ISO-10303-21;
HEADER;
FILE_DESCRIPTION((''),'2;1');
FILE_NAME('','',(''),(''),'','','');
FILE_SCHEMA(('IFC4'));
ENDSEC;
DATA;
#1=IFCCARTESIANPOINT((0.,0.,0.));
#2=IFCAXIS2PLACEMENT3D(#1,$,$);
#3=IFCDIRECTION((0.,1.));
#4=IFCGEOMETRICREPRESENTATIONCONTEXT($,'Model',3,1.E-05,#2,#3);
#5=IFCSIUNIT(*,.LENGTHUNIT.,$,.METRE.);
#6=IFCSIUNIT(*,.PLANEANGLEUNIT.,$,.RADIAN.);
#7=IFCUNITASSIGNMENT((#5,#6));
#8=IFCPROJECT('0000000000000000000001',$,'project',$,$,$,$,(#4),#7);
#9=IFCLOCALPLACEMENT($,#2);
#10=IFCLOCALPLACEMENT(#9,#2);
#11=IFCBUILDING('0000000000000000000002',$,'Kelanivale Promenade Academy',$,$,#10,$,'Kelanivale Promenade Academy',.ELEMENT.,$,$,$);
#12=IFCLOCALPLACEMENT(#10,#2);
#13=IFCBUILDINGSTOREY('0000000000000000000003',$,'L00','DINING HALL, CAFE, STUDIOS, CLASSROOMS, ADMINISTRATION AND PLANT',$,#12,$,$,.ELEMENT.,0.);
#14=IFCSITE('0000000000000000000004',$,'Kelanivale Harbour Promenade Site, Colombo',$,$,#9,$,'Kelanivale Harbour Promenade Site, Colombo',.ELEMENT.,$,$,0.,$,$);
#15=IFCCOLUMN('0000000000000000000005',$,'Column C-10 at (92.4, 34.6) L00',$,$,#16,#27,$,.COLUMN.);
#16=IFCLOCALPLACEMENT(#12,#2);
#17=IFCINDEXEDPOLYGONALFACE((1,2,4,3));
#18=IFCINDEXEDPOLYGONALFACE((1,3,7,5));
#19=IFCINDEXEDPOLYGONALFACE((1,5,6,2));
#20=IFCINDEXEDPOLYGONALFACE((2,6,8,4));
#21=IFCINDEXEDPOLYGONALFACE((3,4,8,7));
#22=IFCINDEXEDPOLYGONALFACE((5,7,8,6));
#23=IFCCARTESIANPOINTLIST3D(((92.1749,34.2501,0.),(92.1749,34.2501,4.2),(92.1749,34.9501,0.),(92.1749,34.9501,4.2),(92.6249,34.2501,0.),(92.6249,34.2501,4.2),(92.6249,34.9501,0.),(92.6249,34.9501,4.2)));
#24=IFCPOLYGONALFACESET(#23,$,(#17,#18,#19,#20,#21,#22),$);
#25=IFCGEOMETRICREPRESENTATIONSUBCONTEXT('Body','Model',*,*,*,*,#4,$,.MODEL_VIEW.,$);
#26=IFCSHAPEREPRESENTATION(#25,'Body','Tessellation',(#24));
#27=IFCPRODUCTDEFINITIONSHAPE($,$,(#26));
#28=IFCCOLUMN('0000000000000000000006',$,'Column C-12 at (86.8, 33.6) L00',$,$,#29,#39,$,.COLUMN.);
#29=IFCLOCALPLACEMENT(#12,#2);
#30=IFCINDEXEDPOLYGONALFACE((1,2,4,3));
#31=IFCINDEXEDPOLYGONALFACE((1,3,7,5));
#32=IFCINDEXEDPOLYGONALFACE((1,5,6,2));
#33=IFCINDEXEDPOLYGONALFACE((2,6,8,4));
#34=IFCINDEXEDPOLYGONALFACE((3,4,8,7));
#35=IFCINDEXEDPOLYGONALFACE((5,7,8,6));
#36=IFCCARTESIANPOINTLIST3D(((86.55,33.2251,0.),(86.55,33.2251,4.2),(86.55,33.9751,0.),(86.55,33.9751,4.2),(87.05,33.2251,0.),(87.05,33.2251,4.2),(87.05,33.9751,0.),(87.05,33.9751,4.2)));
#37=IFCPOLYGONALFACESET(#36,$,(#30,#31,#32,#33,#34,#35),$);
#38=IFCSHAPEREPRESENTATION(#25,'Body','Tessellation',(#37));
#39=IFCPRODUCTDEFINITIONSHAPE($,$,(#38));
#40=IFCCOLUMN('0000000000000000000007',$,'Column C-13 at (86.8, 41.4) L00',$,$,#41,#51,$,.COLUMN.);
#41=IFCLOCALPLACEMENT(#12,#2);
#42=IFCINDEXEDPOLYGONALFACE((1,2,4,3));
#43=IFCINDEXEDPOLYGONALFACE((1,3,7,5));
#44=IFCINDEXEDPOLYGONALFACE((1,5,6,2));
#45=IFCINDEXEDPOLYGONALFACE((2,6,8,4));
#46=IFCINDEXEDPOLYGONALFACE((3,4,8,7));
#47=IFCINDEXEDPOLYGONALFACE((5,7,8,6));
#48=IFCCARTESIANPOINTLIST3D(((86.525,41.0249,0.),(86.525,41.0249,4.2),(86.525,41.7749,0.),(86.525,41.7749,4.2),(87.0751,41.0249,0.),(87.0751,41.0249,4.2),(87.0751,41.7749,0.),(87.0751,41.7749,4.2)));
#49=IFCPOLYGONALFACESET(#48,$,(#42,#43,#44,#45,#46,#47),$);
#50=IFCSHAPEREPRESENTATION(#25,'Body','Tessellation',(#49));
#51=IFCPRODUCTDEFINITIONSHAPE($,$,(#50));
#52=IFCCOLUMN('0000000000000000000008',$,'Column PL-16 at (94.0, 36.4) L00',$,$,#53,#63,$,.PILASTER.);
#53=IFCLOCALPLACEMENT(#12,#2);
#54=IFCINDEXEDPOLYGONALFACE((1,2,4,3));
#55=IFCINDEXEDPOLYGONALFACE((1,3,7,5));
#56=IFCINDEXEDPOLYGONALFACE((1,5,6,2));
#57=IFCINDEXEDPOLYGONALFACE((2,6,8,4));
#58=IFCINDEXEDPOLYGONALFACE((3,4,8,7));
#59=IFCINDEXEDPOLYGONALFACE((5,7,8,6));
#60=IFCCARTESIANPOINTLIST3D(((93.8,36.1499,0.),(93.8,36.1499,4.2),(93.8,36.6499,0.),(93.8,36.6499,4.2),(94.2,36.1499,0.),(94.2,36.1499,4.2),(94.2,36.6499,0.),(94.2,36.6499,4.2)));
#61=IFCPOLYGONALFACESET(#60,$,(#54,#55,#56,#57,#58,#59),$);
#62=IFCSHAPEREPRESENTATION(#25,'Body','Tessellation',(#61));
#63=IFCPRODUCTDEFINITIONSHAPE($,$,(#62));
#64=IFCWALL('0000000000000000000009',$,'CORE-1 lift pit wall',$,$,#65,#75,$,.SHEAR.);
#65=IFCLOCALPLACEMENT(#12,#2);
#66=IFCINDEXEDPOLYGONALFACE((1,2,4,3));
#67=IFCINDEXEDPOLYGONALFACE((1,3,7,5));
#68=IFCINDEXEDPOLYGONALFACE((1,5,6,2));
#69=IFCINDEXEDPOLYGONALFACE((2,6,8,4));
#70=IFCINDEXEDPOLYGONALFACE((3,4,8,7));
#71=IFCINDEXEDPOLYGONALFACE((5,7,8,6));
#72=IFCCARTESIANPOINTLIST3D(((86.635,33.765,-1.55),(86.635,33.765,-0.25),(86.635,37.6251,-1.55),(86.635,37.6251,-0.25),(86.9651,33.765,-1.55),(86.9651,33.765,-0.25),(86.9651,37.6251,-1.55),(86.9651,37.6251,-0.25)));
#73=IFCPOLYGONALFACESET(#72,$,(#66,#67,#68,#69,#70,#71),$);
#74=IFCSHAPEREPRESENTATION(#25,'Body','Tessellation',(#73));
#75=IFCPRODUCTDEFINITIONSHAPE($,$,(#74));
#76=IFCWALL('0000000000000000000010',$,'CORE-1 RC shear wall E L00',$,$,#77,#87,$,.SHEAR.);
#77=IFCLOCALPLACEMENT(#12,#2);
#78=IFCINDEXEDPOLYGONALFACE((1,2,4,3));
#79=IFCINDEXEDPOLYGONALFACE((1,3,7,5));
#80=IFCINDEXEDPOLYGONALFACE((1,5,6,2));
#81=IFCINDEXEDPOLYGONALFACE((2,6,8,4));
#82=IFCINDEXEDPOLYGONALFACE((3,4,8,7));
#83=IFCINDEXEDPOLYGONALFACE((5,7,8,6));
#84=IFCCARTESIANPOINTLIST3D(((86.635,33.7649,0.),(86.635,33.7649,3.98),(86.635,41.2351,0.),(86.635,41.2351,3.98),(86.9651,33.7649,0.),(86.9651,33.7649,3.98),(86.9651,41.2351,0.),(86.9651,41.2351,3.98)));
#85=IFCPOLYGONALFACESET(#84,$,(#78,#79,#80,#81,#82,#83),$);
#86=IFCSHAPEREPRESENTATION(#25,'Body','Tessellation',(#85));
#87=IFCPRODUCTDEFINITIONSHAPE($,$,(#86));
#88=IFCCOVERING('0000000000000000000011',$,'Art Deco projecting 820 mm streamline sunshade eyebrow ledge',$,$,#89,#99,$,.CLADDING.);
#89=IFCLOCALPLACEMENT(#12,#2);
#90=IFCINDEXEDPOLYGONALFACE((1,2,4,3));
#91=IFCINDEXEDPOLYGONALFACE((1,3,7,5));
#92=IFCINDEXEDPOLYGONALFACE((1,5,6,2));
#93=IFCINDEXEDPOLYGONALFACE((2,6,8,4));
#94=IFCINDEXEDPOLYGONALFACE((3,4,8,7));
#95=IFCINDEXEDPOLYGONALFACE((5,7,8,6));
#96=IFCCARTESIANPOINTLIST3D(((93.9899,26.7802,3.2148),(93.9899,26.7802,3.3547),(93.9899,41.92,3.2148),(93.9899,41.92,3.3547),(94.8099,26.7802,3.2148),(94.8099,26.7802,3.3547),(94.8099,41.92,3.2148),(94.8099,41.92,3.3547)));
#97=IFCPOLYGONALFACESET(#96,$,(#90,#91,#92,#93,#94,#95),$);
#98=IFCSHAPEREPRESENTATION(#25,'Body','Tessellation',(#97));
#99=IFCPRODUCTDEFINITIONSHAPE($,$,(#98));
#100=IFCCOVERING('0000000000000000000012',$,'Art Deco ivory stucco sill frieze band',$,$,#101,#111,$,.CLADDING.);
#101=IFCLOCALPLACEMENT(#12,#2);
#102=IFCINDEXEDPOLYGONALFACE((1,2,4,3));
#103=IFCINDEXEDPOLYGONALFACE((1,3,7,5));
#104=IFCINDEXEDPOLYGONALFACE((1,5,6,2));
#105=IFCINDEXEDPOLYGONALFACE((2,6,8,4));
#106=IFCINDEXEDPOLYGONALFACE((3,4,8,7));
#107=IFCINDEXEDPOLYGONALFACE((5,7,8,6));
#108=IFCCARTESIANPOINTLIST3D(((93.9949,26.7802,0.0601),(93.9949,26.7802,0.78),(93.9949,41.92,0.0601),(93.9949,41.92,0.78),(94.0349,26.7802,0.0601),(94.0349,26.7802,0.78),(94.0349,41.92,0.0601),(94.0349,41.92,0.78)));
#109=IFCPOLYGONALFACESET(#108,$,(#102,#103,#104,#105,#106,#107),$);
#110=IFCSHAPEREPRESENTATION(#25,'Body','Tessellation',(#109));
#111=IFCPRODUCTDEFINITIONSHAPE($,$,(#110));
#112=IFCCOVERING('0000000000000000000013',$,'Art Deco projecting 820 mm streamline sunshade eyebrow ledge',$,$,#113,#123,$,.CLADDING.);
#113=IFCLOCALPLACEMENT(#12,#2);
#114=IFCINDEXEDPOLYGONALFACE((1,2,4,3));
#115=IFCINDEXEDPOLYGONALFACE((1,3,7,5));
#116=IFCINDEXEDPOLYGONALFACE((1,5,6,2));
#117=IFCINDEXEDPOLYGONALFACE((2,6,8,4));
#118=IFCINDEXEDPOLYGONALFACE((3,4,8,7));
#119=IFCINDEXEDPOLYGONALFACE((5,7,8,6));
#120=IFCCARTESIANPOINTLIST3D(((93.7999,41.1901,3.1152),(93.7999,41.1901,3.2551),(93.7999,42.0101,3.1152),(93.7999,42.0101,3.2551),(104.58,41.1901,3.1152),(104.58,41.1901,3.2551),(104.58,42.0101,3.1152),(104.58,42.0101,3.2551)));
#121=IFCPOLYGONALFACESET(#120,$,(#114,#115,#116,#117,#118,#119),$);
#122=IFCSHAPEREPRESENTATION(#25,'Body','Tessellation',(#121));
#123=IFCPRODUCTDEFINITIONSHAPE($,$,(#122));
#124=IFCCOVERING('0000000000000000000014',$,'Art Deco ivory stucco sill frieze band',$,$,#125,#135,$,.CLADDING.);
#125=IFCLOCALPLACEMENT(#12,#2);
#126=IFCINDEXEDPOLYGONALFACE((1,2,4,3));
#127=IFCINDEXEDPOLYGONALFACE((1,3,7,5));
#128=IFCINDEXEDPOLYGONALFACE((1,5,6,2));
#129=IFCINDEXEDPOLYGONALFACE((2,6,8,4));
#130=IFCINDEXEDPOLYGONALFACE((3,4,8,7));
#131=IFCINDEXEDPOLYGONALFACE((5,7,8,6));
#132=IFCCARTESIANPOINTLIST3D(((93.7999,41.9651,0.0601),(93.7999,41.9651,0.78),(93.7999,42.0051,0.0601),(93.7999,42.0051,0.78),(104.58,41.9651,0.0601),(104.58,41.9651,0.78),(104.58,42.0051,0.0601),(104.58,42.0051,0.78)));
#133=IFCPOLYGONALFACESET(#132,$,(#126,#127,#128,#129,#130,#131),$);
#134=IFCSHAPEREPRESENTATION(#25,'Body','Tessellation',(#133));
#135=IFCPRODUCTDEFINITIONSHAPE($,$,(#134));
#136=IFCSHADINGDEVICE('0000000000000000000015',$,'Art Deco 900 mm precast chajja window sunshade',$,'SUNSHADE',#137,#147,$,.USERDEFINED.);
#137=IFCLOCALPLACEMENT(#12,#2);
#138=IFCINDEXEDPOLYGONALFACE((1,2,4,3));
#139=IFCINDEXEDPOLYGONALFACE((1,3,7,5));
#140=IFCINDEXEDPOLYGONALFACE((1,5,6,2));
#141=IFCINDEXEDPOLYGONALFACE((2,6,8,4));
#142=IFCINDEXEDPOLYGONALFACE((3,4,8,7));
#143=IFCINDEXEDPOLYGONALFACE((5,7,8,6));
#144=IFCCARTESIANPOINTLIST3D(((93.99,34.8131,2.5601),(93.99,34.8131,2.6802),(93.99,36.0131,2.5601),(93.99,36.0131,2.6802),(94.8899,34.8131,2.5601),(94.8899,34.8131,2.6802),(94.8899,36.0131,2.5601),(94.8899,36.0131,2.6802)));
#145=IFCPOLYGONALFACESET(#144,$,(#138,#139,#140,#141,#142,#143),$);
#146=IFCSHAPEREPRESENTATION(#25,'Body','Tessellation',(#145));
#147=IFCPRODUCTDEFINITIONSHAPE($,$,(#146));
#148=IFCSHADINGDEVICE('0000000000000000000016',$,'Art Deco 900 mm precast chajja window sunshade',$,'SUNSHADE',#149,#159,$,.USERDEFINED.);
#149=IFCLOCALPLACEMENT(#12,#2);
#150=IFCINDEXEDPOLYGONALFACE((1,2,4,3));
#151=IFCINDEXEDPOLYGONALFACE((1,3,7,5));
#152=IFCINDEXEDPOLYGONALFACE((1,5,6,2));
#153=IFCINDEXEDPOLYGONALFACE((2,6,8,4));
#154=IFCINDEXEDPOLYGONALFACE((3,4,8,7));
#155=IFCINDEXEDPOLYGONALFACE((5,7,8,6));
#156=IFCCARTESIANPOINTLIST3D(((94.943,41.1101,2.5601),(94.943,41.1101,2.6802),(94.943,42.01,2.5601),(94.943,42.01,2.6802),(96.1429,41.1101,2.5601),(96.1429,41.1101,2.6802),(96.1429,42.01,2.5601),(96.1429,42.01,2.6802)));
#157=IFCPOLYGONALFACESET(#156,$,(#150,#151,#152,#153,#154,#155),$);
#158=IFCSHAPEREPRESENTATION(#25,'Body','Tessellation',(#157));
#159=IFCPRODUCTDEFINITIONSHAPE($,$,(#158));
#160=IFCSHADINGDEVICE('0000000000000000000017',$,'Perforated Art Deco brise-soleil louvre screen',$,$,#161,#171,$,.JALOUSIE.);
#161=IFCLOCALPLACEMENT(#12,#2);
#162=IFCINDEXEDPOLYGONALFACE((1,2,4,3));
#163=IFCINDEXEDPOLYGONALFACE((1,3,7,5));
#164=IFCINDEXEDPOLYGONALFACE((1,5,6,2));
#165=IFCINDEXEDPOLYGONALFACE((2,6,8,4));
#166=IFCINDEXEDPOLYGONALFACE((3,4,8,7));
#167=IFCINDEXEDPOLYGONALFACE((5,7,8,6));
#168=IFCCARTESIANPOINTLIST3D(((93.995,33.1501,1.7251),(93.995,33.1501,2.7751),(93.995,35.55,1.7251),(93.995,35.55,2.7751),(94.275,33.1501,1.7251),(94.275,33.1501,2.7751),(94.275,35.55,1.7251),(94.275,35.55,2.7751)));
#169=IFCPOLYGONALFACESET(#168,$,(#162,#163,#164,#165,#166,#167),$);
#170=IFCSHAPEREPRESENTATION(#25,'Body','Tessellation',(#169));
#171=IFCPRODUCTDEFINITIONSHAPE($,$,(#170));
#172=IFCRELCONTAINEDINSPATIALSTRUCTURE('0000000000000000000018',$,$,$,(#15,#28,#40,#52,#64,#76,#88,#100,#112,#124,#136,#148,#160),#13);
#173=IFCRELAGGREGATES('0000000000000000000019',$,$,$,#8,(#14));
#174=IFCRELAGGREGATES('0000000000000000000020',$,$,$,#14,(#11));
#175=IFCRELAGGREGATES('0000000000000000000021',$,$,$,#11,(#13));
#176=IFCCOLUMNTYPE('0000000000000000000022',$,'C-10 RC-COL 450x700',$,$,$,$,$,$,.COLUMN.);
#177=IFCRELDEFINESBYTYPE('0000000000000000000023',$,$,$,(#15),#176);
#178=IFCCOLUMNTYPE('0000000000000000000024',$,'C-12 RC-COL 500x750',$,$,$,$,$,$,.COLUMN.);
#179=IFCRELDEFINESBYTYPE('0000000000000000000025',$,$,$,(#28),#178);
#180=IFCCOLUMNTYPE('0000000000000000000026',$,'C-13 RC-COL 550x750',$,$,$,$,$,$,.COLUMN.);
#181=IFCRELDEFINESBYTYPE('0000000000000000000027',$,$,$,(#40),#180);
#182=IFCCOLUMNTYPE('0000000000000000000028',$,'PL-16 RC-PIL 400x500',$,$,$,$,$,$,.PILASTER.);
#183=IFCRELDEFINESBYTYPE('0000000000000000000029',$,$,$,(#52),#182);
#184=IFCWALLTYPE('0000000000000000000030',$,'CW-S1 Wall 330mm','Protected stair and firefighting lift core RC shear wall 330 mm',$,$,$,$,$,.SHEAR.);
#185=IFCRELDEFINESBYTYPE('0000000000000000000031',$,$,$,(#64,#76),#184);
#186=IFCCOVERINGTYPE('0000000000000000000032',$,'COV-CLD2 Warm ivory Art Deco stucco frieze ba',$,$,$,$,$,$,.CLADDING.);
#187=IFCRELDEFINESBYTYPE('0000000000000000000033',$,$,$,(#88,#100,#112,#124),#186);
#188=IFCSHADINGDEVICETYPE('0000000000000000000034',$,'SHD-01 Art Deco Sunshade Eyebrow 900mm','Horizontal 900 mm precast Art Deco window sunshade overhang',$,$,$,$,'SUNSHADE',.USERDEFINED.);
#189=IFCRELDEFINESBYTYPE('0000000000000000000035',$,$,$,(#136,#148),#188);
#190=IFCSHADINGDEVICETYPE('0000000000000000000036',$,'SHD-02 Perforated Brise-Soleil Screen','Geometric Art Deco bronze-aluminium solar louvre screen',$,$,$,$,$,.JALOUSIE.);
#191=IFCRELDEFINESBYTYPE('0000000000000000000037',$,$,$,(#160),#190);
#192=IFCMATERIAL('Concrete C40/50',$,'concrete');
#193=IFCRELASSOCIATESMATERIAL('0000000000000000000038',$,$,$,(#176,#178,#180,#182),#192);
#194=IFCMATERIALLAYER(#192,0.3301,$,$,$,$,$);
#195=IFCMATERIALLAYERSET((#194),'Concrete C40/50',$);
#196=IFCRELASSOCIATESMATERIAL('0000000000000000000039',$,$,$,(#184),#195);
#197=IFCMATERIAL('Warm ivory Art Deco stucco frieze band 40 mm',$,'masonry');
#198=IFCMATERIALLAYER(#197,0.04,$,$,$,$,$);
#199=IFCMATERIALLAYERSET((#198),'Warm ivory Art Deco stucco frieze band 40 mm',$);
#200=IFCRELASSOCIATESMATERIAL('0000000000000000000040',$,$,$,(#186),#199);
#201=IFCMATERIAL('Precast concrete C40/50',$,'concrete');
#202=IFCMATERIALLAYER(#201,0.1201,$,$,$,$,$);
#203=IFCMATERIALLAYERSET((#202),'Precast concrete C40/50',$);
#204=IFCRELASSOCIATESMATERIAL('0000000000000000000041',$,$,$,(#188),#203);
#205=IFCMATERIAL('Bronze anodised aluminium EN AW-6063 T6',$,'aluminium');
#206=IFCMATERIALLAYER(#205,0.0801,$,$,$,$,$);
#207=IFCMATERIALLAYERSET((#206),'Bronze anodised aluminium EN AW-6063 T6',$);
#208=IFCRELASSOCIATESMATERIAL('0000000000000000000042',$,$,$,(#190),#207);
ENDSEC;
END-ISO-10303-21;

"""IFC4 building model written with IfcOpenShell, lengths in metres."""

from ifc_helpers import new_model, si_unit, direction, frame, frame_2d, origin, origin_2d, place, context, subcontext, project, spatial, rectangle, extrude, material, layer, layer_set, material_profile, profile_set, type_object, element, save


model = new_model("IFC4")

# Units and contexts
model_context = context("Model", 3, precision=1e-05, world=origin(), true_north=direction((0.0, 1.0)))
body_context = subcontext(model_context, "Body", "Model", "MODEL_VIEW")
ifc_project = project(units=[si_unit("LENGTHUNIT", "METRE"), si_unit("PLANEANGLEUNIT", "RADIAN")], contexts=[model_context])

# Site, building, storey
site_placement = place(None, origin())
site = spatial("IfcSite", under=ifc_project, at=site_placement, Name="Kelanivale Harbour Promenade Site, Colombo", LongName="Kelanivale Harbour Promenade Site, Colombo", CompositionType="ELEMENT", RefElevation=0.0)
building_placement = place(site_placement, origin())
building = spatial("IfcBuilding", under=site, at=building_placement, Name="Kelanivale Promenade Academy", LongName="Kelanivale Promenade Academy", CompositionType="ELEMENT")
storey_placement = place(building_placement, origin())
storey = spatial("IfcBuildingStorey", under=building, at=storey_placement, Name="L00", Description="DINING HALL, CAFE, STUDIOS, CLASSROOMS, ADMINISTRATION AND PLANT", CompositionType="ELEMENT", Elevation=0.0)

# Columns
ifc_material_1 = material(Name="Concrete C40/50", Category="concrete")
ifc_material_profile_1 = material_profile(ifc_material_1, rectangle(XDim=0.45, YDim=0.7, at=origin_2d()), Name="RC-COL 450x700")
ifc_profile_set_1 = profile_set([ifc_material_profile_1], Name="Concrete C40/50")
column_type_1 = type_object("IfcColumnType", Name="C-10 RC-COL 450x700", PredefinedType="COLUMN", material=ifc_profile_set_1)
column_1_placement = place(storey_placement, frame((92.3999, 34.6001, 0.0), z_axis=(0.0, 0.0, 1.0), x_axis=(1.0, 0.0, 0.0)))
element("IfcColumn", 1, at=column_1_placement, inside=storey, type_object=column_type_1, Name="Column C-10 at (92.4, 34.6) L00", PredefinedType="COLUMN", context=body_context, shape_type="SweptSolid", body=[
    extrude(rectangle(XDim=0.45, YDim=0.7, at=origin_2d()), origin(), (0.0, 0.0, 1.0), 4.2),
])
ifc_material_profile_2 = material_profile(ifc_material_1, rectangle(XDim=0.5, YDim=0.75, at=origin_2d()), Name="RC-COL 500x750")
ifc_profile_set_2 = profile_set([ifc_material_profile_2], Name="Concrete C40/50")
column_type_2 = type_object("IfcColumnType", Name="C-12 RC-COL 500x750", PredefinedType="COLUMN", material=ifc_profile_set_2)
column_2_placement = place(storey_placement, frame((86.8, 33.6001, 0.0), z_axis=(0.0, 0.0, 1.0), x_axis=(1.0, 0.0, 0.0)))
element("IfcColumn", 2, at=column_2_placement, inside=storey, type_object=column_type_2, Name="Column C-12 at (86.8, 33.6) L00", PredefinedType="COLUMN", context=body_context, shape_type="SweptSolid", body=[
    extrude(rectangle(XDim=0.5, YDim=0.75, at=origin_2d()), origin(), (0.0, 0.0, 1.0), 4.2),
])
ifc_material_profile_3 = material_profile(ifc_material_1, rectangle(XDim=0.55, YDim=0.75, at=origin_2d()), Name="RC-COL 550x750")
ifc_profile_set_3 = profile_set([ifc_material_profile_3], Name="Concrete C40/50")
column_type_3 = type_object("IfcColumnType", Name="C-13 RC-COL 550x750", PredefinedType="COLUMN", material=ifc_profile_set_3)
column_3_placement = place(storey_placement, frame((86.8, 41.3999, 0.0), z_axis=(0.0, 0.0, 1.0), x_axis=(1.0, 0.0, 0.0)))
element("IfcColumn", 3, at=column_3_placement, inside=storey, type_object=column_type_3, Name="Column C-13 at (86.8, 41.4) L00", PredefinedType="COLUMN", context=body_context, shape_type="SweptSolid", body=[
    extrude(rectangle(XDim=0.55, YDim=0.75, at=origin_2d()), origin(), (0.0, 0.0, 1.0), 4.2),
])
ifc_material_profile_4 = material_profile(ifc_material_1, rectangle(XDim=0.3999, YDim=0.5, at=origin_2d()), Name="RC-PIL 400x500")
ifc_profile_set_4 = profile_set([ifc_material_profile_4], Name="Concrete C40/50")
column_type_4 = type_object("IfcColumnType", Name="PL-16 RC-PIL 400x500", PredefinedType="PILASTER", material=ifc_profile_set_4)
column_4_placement = place(storey_placement, frame((94.0, 36.3999, 0.0), z_axis=(0.0, 0.0, 1.0), x_axis=(1.0, 0.0, 0.0)))
element("IfcColumn", 4, at=column_4_placement, inside=storey, type_object=column_type_4, Name="Column PL-16 at (94.0, 36.4) L00", PredefinedType="PILASTER", context=body_context, shape_type="SweptSolid", body=[
    extrude(rectangle(XDim=0.3999, YDim=0.5, at=origin_2d()), origin(), (0.0, 0.0, 1.0), 4.2),
])

# Walls
ifc_layer_1 = layer(ifc_material_1, 0.3301)
ifc_layer_set_1 = layer_set([ifc_layer_1], Name="Concrete C40/50")
wall_type = type_object("IfcWallType", Name="CW-S1 Wall 330mm", Description="Protected stair and firefighting lift core RC shear wall 330 mm", PredefinedType="SHEAR", material=ifc_layer_set_1)
wall_1_placement = place(storey_placement, frame((86.8, 33.7649, -1.55), z_axis=(0.0, 0.0, 1.0), x_axis=(0.0, 1.0, 0.0)))
element("IfcWall", 5, at=wall_1_placement, inside=storey, type_object=wall_type, Name="CORE-1 lift pit wall", PredefinedType="SHEAR", context=body_context, shape_type="SweptSolid", body=[
    extrude(rectangle(XDim=3.8601, YDim=0.3301, at=frame_2d((1.9302, 0.0))), origin(), (0.0, 0.0, 1.0), 1.3),
])
wall_2_placement = place(storey_placement, frame((86.8, 33.7649, 0.0), z_axis=(0.0, 0.0, 1.0), x_axis=(0.0, 1.0, 0.0)))
element("IfcWall", 6, at=wall_2_placement, inside=storey, type_object=wall_type, Name="CORE-1 RC shear wall E L00", PredefinedType="SHEAR", context=body_context, shape_type="SweptSolid", body=[
    extrude(rectangle(XDim=7.4702, YDim=0.3301, at=frame_2d((3.7351, 0.0))), origin(), (0.0, 0.0, 1.0), 3.98),
])

# Coverings
ifc_material_2 = material(Name="Warm ivory Art Deco stucco frieze band 40 mm", Category="masonry")
ifc_layer_2 = layer(ifc_material_2, 0.04)
ifc_layer_set_2 = layer_set([ifc_layer_2], Name="Warm ivory Art Deco stucco frieze band 40 mm")
covering_type = type_object("IfcCoveringType", Name="COV-CLD2 Warm ivory Art Deco stucco frieze ba", PredefinedType="CLADDING", material=ifc_layer_set_2)
covering_1_placement = place(storey_placement, frame((94.3999, 34.3501, 3.2148), z_axis=(0.0, 0.0, 1.0), x_axis=(0.0, 1.0, 0.0)))
element("IfcCovering", 7, at=covering_1_placement, inside=storey, type_object=covering_type, Name="Art Deco projecting 820 mm streamline sunshade eyebrow ledge", PredefinedType="CLADDING", context=body_context, shape_type="SweptSolid", body=[
    extrude(rectangle(XDim=15.1399, YDim=0.8201, at=origin_2d()), origin(), (0.0, 0.0, 1.0), 0.1399),
])
covering_2_placement = place(storey_placement, frame((94.0149, 34.3501, 0.0601), z_axis=(0.0, 0.0, 1.0), x_axis=(0.0, 1.0, 0.0)))
element("IfcCovering", 8, at=covering_2_placement, inside=storey, type_object=covering_type, Name="Art Deco ivory stucco sill frieze band", PredefinedType="CLADDING", context=body_context, shape_type="SweptSolid", body=[
    extrude(rectangle(XDim=15.1399, YDim=0.04, at=origin_2d()), origin(), (0.0, 0.0, 1.0), 0.72),
])
covering_3_placement = place(storey_placement, frame((99.1899, 41.6001, 3.1152), z_axis=(0.0, 0.0, 1.0), x_axis=(1.0, 0.0, 0.0)))
element("IfcCovering", 9, at=covering_3_placement, inside=storey, type_object=covering_type, Name="Art Deco projecting 820 mm streamline sunshade eyebrow ledge", PredefinedType="CLADDING", context=body_context, shape_type="SweptSolid", body=[
    extrude(rectangle(XDim=10.78, YDim=0.8201, at=origin_2d()), origin(), (0.0, 0.0, 1.0), 0.1399),
])
covering_4_placement = place(storey_placement, frame((99.1899, 41.9851, 0.0601), z_axis=(0.0, 0.0, 1.0), x_axis=(1.0, 0.0, 0.0)))
element("IfcCovering", 10, at=covering_4_placement, inside=storey, type_object=covering_type, Name="Art Deco ivory stucco sill frieze band", PredefinedType="CLADDING", context=body_context, shape_type="SweptSolid", body=[
    extrude(rectangle(XDim=10.78, YDim=0.04, at=origin_2d()), origin(), (0.0, 0.0, 1.0), 0.72),
])

# Shading devices
ifc_material_3 = material(Name="Precast concrete C40/50", Category="concrete")
ifc_layer_3 = layer(ifc_material_3, 0.1201)
ifc_layer_set_3 = layer_set([ifc_layer_3], Name="Precast concrete C40/50")
shading_device_type_1 = type_object("IfcShadingDeviceType", Name="SHD-01 Art Deco Sunshade Eyebrow 900mm", Description="Horizontal 900 mm precast Art Deco window sunshade overhang", ElementType="SUNSHADE", PredefinedType="USERDEFINED", material=ifc_layer_set_3)
for number, where, z_axis, x_axis, name in (
    (11, (94.4399, 35.4131, 2.5601), (0.0, 0.0, 1.0), (0.0, 1.0, 0.0), "Art Deco 900 mm precast chajja window sunshade"),
    (12, (95.543, 41.5601, 2.5601), (0.0, 0.0, 1.0), (1.0, 0.0, 0.0), "Art Deco 900 mm precast chajja window sunshade"),
):
    element("IfcShadingDevice", number, at=place(storey_placement, frame(where, z_axis=z_axis, x_axis=x_axis)), inside=storey, type_object=shading_device_type_1, Name=name, ObjectType="SUNSHADE", PredefinedType="USERDEFINED", context=body_context, shape_type="SweptSolid", body=[
        extrude(rectangle(XDim=1.2, YDim=0.8999, at=origin_2d()), origin(), (0.0, 0.0, 1.0), 0.1201),
    ])
ifc_material_4 = material(Name="Bronze anodised aluminium EN AW-6063 T6", Category="aluminium")
ifc_layer_4 = layer(ifc_material_4, 0.0801)
ifc_layer_set_4 = layer_set([ifc_layer_4], Name="Bronze anodised aluminium EN AW-6063 T6")
shading_device_type_2 = type_object("IfcShadingDeviceType", Name="SHD-02 Perforated Brise-Soleil Screen", Description="Geometric Art Deco bronze-aluminium solar louvre screen", PredefinedType="JALOUSIE", material=ifc_layer_set_4)
shading_device_placement = place(storey_placement, frame((94.135, 34.3501, 1.7251), z_axis=(0.0, 0.0, 1.0), x_axis=(0.0, 1.0, 0.0)))
element("IfcShadingDevice", 13, at=shading_device_placement, inside=storey, type_object=shading_device_type_2, Name="Perforated Art Deco brise-soleil louvre screen", PredefinedType="JALOUSIE", context=body_context, shape_type="SweptSolid", body=[
    extrude(rectangle(XDim=2.3999, YDim=0.28, at=origin_2d()), origin(), (0.0, 0.0, 1.0), 1.05),
])

save(model, "model.ifc")
